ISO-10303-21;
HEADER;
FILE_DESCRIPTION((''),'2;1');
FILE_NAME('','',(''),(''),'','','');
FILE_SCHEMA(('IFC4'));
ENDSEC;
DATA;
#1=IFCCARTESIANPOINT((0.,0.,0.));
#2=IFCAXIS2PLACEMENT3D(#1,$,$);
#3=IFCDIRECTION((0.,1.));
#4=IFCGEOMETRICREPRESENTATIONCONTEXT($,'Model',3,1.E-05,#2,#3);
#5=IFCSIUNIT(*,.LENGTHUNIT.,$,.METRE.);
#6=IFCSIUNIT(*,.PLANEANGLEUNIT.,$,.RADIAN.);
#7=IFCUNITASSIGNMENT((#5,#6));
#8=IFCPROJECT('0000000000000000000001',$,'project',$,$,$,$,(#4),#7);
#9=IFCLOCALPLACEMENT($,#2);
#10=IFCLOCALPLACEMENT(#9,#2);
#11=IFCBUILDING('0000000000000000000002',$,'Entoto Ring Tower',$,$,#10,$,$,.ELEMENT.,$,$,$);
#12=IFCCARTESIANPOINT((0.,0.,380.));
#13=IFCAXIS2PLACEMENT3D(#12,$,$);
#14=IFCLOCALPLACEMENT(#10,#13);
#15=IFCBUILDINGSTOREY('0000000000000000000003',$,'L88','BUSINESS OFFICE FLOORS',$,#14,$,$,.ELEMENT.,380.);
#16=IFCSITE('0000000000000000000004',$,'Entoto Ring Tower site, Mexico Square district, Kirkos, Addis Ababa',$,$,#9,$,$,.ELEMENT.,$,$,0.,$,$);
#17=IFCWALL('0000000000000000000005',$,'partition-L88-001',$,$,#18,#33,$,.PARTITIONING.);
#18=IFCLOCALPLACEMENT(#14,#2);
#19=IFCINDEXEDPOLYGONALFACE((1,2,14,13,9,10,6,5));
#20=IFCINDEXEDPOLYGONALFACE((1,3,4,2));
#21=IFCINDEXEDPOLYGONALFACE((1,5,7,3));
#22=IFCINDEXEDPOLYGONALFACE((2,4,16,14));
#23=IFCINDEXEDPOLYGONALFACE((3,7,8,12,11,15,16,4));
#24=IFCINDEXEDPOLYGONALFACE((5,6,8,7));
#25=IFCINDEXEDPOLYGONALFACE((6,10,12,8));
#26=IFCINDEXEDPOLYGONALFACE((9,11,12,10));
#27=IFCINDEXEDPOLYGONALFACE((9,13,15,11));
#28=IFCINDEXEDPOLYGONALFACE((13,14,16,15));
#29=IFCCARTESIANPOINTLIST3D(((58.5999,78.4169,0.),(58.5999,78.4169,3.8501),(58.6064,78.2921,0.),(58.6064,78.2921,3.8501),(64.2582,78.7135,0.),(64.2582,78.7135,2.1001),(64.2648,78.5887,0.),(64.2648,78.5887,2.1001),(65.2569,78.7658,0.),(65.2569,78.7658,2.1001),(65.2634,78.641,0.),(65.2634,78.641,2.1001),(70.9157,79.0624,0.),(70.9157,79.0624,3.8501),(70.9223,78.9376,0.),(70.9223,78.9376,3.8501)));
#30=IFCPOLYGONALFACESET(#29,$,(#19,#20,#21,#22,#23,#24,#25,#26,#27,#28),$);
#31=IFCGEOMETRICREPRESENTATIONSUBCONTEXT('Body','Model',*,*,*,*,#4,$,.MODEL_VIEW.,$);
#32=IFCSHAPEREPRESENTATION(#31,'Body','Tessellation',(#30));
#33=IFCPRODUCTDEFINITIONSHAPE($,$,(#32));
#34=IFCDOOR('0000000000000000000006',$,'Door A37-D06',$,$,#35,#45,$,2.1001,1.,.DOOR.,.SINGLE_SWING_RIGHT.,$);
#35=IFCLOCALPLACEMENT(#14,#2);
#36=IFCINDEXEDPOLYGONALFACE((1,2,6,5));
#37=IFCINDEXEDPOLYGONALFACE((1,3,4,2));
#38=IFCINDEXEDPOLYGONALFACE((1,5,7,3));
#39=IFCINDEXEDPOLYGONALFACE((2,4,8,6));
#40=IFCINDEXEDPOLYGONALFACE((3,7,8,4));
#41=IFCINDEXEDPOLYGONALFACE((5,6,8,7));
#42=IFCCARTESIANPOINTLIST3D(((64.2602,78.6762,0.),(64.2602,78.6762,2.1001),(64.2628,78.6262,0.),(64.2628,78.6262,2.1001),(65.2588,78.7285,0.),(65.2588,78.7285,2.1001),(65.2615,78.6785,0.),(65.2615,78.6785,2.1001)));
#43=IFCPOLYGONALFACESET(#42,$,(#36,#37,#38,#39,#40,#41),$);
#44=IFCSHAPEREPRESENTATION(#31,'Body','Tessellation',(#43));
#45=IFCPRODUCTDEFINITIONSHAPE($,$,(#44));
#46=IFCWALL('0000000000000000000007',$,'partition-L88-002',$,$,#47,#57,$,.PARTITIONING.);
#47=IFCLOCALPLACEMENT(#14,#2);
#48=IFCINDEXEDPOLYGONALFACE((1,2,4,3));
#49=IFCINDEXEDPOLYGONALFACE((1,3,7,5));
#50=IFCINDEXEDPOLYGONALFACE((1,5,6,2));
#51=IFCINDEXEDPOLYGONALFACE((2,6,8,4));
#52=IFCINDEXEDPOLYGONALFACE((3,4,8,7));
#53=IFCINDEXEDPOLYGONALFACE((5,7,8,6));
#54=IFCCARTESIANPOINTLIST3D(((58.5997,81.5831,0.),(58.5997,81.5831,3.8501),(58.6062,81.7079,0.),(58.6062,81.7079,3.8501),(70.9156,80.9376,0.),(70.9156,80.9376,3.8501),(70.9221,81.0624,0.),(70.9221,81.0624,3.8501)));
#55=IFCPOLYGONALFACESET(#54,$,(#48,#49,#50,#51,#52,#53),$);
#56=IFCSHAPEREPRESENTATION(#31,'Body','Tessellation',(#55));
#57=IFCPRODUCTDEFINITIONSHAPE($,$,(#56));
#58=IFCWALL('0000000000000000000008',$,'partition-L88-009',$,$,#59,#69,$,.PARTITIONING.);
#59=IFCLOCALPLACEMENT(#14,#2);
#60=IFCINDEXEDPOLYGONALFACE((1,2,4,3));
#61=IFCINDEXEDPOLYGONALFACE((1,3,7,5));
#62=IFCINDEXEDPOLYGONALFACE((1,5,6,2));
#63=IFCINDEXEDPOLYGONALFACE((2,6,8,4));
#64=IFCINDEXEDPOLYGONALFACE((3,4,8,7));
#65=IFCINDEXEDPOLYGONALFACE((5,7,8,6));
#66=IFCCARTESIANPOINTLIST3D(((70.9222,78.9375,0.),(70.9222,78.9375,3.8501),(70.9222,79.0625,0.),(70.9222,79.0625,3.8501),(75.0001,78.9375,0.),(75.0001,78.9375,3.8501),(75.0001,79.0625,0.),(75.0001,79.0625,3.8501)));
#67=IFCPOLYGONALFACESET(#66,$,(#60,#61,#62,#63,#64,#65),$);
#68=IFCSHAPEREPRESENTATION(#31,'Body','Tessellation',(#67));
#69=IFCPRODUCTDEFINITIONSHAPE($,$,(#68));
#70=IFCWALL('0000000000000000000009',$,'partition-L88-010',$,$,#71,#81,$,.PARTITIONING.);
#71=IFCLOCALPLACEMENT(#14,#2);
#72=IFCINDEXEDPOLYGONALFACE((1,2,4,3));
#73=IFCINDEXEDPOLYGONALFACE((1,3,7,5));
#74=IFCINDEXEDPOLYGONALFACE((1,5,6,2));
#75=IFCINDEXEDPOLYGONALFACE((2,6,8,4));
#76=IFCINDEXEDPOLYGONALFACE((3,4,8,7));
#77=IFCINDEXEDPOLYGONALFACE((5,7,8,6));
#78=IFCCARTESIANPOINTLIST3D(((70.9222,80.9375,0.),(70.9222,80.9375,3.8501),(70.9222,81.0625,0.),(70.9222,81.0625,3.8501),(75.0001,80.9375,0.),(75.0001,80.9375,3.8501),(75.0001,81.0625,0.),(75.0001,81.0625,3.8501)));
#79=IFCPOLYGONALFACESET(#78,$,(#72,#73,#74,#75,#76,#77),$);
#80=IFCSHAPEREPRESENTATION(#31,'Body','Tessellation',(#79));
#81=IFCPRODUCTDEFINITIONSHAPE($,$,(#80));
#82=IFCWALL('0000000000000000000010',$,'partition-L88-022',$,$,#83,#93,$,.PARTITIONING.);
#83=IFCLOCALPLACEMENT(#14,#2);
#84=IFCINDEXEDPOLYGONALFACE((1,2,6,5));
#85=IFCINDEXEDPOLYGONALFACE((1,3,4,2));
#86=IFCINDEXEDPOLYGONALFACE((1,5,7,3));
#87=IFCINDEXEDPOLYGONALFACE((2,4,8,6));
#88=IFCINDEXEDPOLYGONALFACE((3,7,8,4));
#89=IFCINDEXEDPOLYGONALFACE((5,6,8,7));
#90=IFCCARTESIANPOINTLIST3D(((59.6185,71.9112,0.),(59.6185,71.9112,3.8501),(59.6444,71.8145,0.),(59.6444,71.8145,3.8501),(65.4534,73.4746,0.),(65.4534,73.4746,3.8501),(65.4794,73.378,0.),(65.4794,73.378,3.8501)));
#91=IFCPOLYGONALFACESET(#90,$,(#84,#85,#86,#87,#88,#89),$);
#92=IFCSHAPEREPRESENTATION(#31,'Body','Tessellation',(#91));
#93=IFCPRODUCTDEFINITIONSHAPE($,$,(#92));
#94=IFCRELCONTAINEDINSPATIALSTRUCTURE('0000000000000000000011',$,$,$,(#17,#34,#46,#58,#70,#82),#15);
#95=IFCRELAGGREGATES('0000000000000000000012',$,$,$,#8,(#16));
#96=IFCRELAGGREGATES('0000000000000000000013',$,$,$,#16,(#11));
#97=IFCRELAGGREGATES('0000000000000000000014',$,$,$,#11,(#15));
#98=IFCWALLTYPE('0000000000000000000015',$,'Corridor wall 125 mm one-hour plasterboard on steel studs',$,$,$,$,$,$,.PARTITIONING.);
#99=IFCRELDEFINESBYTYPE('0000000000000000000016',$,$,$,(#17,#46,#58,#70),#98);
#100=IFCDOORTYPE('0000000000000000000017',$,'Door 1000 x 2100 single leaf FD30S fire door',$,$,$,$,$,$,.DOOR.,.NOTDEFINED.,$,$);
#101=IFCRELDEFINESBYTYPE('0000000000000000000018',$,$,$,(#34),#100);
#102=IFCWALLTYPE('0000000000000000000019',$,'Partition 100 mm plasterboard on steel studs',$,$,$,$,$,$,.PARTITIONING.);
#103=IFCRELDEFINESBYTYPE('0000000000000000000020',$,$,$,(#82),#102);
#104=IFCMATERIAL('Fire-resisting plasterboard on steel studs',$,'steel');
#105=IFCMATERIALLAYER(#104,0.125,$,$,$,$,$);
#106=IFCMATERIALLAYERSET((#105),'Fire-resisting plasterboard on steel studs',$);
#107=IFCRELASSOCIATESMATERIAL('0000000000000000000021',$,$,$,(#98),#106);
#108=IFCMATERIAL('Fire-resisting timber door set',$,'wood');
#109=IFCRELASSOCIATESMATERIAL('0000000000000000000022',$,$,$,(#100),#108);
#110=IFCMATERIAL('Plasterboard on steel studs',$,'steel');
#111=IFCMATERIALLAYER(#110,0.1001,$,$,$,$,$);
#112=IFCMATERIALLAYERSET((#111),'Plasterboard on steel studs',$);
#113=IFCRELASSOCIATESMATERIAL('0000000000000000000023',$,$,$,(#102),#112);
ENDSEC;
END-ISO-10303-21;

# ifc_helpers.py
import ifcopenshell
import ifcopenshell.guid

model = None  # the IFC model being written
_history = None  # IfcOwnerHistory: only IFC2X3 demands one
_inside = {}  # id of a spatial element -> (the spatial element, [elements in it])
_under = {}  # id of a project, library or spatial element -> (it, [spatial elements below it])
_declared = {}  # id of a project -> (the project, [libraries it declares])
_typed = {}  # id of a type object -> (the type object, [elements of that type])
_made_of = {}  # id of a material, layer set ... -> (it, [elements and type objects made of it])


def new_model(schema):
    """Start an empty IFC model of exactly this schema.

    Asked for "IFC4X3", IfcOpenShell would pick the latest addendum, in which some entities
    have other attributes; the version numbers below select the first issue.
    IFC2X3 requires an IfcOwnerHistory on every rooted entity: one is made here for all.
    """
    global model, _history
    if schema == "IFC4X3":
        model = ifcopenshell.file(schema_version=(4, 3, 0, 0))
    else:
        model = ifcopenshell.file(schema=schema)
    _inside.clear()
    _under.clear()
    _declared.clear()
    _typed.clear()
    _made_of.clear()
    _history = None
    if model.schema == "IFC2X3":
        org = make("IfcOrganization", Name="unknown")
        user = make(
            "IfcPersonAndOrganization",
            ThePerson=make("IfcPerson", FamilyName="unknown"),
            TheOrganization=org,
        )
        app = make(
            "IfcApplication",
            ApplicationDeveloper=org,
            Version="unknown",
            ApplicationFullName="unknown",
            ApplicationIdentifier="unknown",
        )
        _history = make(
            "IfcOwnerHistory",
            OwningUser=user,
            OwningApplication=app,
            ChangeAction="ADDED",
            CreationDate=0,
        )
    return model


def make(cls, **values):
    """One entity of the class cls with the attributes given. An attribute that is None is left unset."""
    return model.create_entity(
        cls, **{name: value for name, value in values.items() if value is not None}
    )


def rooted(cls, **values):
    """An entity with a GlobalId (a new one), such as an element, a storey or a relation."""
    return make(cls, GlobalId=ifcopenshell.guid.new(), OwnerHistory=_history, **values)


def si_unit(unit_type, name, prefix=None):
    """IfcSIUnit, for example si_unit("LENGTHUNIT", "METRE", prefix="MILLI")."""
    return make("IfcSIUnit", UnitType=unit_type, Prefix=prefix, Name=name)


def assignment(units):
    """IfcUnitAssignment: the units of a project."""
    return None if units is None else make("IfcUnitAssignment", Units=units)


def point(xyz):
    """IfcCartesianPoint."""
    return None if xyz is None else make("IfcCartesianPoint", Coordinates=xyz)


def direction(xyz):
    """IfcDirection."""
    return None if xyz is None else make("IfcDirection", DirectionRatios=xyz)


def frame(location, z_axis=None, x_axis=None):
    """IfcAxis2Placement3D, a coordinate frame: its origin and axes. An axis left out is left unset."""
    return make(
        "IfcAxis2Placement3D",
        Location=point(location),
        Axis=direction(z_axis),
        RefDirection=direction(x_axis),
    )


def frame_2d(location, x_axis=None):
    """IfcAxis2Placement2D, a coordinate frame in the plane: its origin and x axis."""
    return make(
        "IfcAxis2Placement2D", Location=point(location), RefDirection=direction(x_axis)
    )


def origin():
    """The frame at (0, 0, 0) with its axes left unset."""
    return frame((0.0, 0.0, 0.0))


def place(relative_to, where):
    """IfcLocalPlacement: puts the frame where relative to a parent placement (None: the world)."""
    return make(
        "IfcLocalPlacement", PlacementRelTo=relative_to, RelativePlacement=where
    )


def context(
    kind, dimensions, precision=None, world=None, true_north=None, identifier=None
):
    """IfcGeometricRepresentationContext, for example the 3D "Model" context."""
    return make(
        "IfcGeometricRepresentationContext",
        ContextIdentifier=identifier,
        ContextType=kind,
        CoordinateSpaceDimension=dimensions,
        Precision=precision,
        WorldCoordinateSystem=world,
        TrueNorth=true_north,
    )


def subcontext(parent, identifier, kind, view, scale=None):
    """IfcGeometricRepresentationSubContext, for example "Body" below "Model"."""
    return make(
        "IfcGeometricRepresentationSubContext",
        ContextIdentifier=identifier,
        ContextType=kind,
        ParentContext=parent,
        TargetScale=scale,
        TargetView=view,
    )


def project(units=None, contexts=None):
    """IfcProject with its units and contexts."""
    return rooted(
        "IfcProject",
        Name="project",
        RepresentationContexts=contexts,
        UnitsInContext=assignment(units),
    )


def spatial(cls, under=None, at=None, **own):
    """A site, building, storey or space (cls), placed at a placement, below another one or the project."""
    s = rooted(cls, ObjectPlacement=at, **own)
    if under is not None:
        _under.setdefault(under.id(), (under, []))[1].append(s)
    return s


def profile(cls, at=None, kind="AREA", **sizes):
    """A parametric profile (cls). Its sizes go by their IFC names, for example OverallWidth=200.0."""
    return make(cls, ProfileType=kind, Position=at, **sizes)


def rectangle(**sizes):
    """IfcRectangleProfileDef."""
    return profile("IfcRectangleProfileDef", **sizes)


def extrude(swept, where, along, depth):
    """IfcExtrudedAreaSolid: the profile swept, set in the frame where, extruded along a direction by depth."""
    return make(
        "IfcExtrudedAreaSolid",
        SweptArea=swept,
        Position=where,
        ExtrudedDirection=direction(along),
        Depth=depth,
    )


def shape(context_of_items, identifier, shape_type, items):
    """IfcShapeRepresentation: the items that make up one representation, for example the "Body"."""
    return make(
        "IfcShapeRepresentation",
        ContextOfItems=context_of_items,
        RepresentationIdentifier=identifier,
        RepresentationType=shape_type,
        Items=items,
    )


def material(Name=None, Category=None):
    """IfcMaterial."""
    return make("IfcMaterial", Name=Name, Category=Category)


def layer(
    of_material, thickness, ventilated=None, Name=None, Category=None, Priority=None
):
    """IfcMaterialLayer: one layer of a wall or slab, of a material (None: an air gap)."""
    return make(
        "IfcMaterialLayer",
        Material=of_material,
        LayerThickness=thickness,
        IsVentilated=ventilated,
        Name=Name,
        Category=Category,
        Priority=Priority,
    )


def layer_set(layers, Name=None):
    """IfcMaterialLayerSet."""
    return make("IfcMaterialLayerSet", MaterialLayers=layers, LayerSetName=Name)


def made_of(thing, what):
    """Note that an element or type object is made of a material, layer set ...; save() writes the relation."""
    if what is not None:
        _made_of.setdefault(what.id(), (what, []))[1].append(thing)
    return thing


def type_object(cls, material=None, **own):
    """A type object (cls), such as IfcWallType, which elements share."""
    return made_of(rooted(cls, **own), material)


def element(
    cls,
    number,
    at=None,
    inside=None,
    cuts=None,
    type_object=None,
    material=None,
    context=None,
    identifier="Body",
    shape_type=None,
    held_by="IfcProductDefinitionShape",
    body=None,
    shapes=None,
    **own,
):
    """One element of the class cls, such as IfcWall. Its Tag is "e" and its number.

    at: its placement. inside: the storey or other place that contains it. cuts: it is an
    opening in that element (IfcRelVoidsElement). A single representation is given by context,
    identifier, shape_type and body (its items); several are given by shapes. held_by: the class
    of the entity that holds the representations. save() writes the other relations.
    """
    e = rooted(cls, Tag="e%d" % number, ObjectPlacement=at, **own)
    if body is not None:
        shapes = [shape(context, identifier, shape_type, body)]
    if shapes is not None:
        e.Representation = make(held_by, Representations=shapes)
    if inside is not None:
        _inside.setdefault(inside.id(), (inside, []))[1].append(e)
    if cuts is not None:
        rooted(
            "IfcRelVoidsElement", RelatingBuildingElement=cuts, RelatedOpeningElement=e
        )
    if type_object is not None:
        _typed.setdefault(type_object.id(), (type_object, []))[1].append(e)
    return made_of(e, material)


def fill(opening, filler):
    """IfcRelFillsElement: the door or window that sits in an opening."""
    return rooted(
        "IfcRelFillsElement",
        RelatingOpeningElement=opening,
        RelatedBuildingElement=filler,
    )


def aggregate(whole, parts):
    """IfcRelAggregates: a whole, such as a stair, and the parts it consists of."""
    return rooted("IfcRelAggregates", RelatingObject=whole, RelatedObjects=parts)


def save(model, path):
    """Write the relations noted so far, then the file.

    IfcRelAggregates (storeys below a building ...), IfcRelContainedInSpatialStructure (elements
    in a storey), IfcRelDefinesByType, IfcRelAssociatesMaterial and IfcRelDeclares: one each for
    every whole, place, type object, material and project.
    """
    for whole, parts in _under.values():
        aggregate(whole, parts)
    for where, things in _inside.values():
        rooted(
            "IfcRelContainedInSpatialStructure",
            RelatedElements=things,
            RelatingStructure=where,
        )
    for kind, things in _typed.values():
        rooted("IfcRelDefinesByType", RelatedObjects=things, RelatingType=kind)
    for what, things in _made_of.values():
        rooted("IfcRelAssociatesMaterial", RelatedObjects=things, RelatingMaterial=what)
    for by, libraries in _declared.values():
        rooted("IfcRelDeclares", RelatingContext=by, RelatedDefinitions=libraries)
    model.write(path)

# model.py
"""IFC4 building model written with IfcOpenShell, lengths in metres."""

from ifc_helpers import new_model, si_unit, direction, frame, frame_2d, origin, place, context, subcontext, project, spatial, rectangle, extrude, material, layer, layer_set, type_object, element, fill, save


model = new_model("IFC4")

# Units and contexts
model_context = context("Model", 3, precision=1e-05, world=origin(), true_north=direction((0.0, 1.0)))
body_context = subcontext(model_context, "Body", "Model", "MODEL_VIEW")
ifc_project = project(units=[si_unit("LENGTHUNIT", "METRE"), si_unit("PLANEANGLEUNIT", "RADIAN")], contexts=[model_context])

# Site, building, storey
site_placement = place(None, origin())
site = spatial("IfcSite", under=ifc_project, at=site_placement, Name="Entoto Ring Tower site, Mexico Square district, Kirkos, Addis Ababa", CompositionType="ELEMENT", RefElevation=0.0)
building_placement = place(site_placement, origin())
building = spatial("IfcBuilding", under=site, at=building_placement, Name="Entoto Ring Tower", CompositionType="ELEMENT")
storey_placement = place(building_placement, frame((0.0, 0.0, 380.0)))
storey = spatial("IfcBuildingStorey", under=building, at=storey_placement, Name="L88", Description="BUSINESS OFFICE FLOORS", CompositionType="ELEMENT", Elevation=380.0)

# Wall, opening, door
ifc_material_1 = material(Name="Fire-resisting plasterboard on steel studs", Category="steel")
ifc_layer_1 = layer(ifc_material_1, 0.125)
ifc_layer_set_1 = layer_set([ifc_layer_1], Name="Fire-resisting plasterboard on steel studs")
wall_type_1 = type_object("IfcWallType", Name="Corridor wall 125 mm one-hour plasterboard on steel studs", PredefinedType="PARTITIONING", material=ifc_layer_set_1)
wall_1_placement = place(storey_placement, frame((58.603, 78.3545, 0.0), z_axis=(0.0, 0.0, 1.0), x_axis=(0.998629, 0.052341, 0.0)))
wall_1 = element("IfcWall", 1, at=wall_1_placement, inside=storey, type_object=wall_type_1, Name="partition-L88-001", PredefinedType="PARTITIONING", context=body_context, shape_type="SweptSolid", body=[
    extrude(rectangle(XDim=12.3328, YDim=0.125, at=frame_2d((6.1665, 0.0))), origin(), (0.0, 0.0, 1.0), 3.8501),
])
opening_placement = place(wall_1_placement, frame((5.6663, 0.0, 0.0)))
opening = element("IfcOpeningElement", 2, at=opening_placement, cuts=wall_1, PredefinedType="OPENING", context=body_context, shape_type="SweptSolid", body=[
    extrude(rectangle(XDim=1.0, YDim=2.1001, at=frame_2d((0.5, 1.05))), frame((0.0, 0.0725, 0.0), z_axis=(0.0, -1.0, 0.0), x_axis=(1.0, 0.0, 0.0)), (0.0, 0.0, 1.0), 0.145),
])
ifc_material_2 = material(Name="Fire-resisting timber door set", Category="wood")
door_type = type_object("IfcDoorType", Name="Door 1000 x 2100 single leaf FD30S fire door", OperationType="NOTDEFINED", PredefinedType="DOOR", material=ifc_material_2)
door_placement = place(opening_placement, frame((1.0, 0.0, 0.0), z_axis=(0.0, 0.0, 1.0), x_axis=(-1.0, 0.0, 0.0)))
door = element("IfcDoor", 3, at=door_placement, inside=storey, type_object=door_type, Name="Door A37-D06", OperationType="SINGLE_SWING_RIGHT", OverallHeight=2.1001, OverallWidth=1.0, PredefinedType="DOOR", context=body_context, shape_type="SweptSolid", body=[
    extrude(rectangle(XDim=1.0, YDim=2.1001, at=frame_2d((0.5, 1.05))), frame((0.0, 0.0249, 0.0), z_axis=(0.0, -1.0, 0.0), x_axis=(1.0, 0.0, 0.0)), (0.0, 0.0, 1.0), 0.05),
])
fill(opening, door)

# Walls
wall_2_placement = place(storey_placement, frame((70.9189, 81.0, 0.0), z_axis=(0.0, 0.0, 1.0), x_axis=(-0.998629, 0.052341, 0.0)))
element("IfcWall", 4, at=wall_2_placement, inside=storey, type_object=wall_type_1, Name="partition-L88-002", PredefinedType="PARTITIONING", context=body_context, shape_type="SweptSolid", body=[
    extrude(rectangle(XDim=12.3328, YDim=0.125, at=frame_2d((6.1665, 0.0))), origin(), (0.0, 0.0, 1.0), 3.8501),
])
for number, where, z_axis, x_axis, name in (
    (5, (70.9221, 79.0, 0.0), (0.0, 0.0, 1.0), (1.0, 0.0, 0.0), "partition-L88-009"),
    (6, (70.9221, 81.0, 0.0), (0.0, 0.0, 1.0), (1.0, 0.0, 0.0), "partition-L88-010"),
):
    element("IfcWall", number, at=place(storey_placement, frame(where, z_axis=z_axis, x_axis=x_axis)), inside=storey, type_object=wall_type_1, Name=name, PredefinedType="PARTITIONING", context=body_context, shape_type="SweptSolid", body=[
        extrude(rectangle(XDim=4.0779, YDim=0.125, at=frame_2d((2.0391, 0.0))), origin(), (0.0, 0.0, 1.0), 3.8501),
    ])
ifc_material_3 = material(Name="Plasterboard on steel studs", Category="steel")
ifc_layer_2 = layer(ifc_material_3, 0.1001)
ifc_layer_set_2 = layer_set([ifc_layer_2], Name="Plasterboard on steel studs")
wall_type_2 = type_object("IfcWallType", Name="Partition 100 mm plasterboard on steel studs", PredefinedType="PARTITIONING", material=ifc_layer_set_2)
wall_3_placement = place(storey_placement, frame((59.6313, 71.8628, 0.0), z_axis=(0.0, 0.0, 1.0), x_axis=(0.965926, 0.25882, 0.0)))
element("IfcWall", 7, at=wall_3_placement, inside=storey, type_object=wall_type_2, Name="partition-L88-022", PredefinedType="PARTITIONING", context=body_context, shape_type="SweptSolid", body=[
    extrude(rectangle(XDim=6.0408, YDim=0.1001, at=frame_2d((3.0205, 0.0))), origin(), (0.0, 0.0, 1.0), 3.8501),
])

save(model, "model.ifc")
